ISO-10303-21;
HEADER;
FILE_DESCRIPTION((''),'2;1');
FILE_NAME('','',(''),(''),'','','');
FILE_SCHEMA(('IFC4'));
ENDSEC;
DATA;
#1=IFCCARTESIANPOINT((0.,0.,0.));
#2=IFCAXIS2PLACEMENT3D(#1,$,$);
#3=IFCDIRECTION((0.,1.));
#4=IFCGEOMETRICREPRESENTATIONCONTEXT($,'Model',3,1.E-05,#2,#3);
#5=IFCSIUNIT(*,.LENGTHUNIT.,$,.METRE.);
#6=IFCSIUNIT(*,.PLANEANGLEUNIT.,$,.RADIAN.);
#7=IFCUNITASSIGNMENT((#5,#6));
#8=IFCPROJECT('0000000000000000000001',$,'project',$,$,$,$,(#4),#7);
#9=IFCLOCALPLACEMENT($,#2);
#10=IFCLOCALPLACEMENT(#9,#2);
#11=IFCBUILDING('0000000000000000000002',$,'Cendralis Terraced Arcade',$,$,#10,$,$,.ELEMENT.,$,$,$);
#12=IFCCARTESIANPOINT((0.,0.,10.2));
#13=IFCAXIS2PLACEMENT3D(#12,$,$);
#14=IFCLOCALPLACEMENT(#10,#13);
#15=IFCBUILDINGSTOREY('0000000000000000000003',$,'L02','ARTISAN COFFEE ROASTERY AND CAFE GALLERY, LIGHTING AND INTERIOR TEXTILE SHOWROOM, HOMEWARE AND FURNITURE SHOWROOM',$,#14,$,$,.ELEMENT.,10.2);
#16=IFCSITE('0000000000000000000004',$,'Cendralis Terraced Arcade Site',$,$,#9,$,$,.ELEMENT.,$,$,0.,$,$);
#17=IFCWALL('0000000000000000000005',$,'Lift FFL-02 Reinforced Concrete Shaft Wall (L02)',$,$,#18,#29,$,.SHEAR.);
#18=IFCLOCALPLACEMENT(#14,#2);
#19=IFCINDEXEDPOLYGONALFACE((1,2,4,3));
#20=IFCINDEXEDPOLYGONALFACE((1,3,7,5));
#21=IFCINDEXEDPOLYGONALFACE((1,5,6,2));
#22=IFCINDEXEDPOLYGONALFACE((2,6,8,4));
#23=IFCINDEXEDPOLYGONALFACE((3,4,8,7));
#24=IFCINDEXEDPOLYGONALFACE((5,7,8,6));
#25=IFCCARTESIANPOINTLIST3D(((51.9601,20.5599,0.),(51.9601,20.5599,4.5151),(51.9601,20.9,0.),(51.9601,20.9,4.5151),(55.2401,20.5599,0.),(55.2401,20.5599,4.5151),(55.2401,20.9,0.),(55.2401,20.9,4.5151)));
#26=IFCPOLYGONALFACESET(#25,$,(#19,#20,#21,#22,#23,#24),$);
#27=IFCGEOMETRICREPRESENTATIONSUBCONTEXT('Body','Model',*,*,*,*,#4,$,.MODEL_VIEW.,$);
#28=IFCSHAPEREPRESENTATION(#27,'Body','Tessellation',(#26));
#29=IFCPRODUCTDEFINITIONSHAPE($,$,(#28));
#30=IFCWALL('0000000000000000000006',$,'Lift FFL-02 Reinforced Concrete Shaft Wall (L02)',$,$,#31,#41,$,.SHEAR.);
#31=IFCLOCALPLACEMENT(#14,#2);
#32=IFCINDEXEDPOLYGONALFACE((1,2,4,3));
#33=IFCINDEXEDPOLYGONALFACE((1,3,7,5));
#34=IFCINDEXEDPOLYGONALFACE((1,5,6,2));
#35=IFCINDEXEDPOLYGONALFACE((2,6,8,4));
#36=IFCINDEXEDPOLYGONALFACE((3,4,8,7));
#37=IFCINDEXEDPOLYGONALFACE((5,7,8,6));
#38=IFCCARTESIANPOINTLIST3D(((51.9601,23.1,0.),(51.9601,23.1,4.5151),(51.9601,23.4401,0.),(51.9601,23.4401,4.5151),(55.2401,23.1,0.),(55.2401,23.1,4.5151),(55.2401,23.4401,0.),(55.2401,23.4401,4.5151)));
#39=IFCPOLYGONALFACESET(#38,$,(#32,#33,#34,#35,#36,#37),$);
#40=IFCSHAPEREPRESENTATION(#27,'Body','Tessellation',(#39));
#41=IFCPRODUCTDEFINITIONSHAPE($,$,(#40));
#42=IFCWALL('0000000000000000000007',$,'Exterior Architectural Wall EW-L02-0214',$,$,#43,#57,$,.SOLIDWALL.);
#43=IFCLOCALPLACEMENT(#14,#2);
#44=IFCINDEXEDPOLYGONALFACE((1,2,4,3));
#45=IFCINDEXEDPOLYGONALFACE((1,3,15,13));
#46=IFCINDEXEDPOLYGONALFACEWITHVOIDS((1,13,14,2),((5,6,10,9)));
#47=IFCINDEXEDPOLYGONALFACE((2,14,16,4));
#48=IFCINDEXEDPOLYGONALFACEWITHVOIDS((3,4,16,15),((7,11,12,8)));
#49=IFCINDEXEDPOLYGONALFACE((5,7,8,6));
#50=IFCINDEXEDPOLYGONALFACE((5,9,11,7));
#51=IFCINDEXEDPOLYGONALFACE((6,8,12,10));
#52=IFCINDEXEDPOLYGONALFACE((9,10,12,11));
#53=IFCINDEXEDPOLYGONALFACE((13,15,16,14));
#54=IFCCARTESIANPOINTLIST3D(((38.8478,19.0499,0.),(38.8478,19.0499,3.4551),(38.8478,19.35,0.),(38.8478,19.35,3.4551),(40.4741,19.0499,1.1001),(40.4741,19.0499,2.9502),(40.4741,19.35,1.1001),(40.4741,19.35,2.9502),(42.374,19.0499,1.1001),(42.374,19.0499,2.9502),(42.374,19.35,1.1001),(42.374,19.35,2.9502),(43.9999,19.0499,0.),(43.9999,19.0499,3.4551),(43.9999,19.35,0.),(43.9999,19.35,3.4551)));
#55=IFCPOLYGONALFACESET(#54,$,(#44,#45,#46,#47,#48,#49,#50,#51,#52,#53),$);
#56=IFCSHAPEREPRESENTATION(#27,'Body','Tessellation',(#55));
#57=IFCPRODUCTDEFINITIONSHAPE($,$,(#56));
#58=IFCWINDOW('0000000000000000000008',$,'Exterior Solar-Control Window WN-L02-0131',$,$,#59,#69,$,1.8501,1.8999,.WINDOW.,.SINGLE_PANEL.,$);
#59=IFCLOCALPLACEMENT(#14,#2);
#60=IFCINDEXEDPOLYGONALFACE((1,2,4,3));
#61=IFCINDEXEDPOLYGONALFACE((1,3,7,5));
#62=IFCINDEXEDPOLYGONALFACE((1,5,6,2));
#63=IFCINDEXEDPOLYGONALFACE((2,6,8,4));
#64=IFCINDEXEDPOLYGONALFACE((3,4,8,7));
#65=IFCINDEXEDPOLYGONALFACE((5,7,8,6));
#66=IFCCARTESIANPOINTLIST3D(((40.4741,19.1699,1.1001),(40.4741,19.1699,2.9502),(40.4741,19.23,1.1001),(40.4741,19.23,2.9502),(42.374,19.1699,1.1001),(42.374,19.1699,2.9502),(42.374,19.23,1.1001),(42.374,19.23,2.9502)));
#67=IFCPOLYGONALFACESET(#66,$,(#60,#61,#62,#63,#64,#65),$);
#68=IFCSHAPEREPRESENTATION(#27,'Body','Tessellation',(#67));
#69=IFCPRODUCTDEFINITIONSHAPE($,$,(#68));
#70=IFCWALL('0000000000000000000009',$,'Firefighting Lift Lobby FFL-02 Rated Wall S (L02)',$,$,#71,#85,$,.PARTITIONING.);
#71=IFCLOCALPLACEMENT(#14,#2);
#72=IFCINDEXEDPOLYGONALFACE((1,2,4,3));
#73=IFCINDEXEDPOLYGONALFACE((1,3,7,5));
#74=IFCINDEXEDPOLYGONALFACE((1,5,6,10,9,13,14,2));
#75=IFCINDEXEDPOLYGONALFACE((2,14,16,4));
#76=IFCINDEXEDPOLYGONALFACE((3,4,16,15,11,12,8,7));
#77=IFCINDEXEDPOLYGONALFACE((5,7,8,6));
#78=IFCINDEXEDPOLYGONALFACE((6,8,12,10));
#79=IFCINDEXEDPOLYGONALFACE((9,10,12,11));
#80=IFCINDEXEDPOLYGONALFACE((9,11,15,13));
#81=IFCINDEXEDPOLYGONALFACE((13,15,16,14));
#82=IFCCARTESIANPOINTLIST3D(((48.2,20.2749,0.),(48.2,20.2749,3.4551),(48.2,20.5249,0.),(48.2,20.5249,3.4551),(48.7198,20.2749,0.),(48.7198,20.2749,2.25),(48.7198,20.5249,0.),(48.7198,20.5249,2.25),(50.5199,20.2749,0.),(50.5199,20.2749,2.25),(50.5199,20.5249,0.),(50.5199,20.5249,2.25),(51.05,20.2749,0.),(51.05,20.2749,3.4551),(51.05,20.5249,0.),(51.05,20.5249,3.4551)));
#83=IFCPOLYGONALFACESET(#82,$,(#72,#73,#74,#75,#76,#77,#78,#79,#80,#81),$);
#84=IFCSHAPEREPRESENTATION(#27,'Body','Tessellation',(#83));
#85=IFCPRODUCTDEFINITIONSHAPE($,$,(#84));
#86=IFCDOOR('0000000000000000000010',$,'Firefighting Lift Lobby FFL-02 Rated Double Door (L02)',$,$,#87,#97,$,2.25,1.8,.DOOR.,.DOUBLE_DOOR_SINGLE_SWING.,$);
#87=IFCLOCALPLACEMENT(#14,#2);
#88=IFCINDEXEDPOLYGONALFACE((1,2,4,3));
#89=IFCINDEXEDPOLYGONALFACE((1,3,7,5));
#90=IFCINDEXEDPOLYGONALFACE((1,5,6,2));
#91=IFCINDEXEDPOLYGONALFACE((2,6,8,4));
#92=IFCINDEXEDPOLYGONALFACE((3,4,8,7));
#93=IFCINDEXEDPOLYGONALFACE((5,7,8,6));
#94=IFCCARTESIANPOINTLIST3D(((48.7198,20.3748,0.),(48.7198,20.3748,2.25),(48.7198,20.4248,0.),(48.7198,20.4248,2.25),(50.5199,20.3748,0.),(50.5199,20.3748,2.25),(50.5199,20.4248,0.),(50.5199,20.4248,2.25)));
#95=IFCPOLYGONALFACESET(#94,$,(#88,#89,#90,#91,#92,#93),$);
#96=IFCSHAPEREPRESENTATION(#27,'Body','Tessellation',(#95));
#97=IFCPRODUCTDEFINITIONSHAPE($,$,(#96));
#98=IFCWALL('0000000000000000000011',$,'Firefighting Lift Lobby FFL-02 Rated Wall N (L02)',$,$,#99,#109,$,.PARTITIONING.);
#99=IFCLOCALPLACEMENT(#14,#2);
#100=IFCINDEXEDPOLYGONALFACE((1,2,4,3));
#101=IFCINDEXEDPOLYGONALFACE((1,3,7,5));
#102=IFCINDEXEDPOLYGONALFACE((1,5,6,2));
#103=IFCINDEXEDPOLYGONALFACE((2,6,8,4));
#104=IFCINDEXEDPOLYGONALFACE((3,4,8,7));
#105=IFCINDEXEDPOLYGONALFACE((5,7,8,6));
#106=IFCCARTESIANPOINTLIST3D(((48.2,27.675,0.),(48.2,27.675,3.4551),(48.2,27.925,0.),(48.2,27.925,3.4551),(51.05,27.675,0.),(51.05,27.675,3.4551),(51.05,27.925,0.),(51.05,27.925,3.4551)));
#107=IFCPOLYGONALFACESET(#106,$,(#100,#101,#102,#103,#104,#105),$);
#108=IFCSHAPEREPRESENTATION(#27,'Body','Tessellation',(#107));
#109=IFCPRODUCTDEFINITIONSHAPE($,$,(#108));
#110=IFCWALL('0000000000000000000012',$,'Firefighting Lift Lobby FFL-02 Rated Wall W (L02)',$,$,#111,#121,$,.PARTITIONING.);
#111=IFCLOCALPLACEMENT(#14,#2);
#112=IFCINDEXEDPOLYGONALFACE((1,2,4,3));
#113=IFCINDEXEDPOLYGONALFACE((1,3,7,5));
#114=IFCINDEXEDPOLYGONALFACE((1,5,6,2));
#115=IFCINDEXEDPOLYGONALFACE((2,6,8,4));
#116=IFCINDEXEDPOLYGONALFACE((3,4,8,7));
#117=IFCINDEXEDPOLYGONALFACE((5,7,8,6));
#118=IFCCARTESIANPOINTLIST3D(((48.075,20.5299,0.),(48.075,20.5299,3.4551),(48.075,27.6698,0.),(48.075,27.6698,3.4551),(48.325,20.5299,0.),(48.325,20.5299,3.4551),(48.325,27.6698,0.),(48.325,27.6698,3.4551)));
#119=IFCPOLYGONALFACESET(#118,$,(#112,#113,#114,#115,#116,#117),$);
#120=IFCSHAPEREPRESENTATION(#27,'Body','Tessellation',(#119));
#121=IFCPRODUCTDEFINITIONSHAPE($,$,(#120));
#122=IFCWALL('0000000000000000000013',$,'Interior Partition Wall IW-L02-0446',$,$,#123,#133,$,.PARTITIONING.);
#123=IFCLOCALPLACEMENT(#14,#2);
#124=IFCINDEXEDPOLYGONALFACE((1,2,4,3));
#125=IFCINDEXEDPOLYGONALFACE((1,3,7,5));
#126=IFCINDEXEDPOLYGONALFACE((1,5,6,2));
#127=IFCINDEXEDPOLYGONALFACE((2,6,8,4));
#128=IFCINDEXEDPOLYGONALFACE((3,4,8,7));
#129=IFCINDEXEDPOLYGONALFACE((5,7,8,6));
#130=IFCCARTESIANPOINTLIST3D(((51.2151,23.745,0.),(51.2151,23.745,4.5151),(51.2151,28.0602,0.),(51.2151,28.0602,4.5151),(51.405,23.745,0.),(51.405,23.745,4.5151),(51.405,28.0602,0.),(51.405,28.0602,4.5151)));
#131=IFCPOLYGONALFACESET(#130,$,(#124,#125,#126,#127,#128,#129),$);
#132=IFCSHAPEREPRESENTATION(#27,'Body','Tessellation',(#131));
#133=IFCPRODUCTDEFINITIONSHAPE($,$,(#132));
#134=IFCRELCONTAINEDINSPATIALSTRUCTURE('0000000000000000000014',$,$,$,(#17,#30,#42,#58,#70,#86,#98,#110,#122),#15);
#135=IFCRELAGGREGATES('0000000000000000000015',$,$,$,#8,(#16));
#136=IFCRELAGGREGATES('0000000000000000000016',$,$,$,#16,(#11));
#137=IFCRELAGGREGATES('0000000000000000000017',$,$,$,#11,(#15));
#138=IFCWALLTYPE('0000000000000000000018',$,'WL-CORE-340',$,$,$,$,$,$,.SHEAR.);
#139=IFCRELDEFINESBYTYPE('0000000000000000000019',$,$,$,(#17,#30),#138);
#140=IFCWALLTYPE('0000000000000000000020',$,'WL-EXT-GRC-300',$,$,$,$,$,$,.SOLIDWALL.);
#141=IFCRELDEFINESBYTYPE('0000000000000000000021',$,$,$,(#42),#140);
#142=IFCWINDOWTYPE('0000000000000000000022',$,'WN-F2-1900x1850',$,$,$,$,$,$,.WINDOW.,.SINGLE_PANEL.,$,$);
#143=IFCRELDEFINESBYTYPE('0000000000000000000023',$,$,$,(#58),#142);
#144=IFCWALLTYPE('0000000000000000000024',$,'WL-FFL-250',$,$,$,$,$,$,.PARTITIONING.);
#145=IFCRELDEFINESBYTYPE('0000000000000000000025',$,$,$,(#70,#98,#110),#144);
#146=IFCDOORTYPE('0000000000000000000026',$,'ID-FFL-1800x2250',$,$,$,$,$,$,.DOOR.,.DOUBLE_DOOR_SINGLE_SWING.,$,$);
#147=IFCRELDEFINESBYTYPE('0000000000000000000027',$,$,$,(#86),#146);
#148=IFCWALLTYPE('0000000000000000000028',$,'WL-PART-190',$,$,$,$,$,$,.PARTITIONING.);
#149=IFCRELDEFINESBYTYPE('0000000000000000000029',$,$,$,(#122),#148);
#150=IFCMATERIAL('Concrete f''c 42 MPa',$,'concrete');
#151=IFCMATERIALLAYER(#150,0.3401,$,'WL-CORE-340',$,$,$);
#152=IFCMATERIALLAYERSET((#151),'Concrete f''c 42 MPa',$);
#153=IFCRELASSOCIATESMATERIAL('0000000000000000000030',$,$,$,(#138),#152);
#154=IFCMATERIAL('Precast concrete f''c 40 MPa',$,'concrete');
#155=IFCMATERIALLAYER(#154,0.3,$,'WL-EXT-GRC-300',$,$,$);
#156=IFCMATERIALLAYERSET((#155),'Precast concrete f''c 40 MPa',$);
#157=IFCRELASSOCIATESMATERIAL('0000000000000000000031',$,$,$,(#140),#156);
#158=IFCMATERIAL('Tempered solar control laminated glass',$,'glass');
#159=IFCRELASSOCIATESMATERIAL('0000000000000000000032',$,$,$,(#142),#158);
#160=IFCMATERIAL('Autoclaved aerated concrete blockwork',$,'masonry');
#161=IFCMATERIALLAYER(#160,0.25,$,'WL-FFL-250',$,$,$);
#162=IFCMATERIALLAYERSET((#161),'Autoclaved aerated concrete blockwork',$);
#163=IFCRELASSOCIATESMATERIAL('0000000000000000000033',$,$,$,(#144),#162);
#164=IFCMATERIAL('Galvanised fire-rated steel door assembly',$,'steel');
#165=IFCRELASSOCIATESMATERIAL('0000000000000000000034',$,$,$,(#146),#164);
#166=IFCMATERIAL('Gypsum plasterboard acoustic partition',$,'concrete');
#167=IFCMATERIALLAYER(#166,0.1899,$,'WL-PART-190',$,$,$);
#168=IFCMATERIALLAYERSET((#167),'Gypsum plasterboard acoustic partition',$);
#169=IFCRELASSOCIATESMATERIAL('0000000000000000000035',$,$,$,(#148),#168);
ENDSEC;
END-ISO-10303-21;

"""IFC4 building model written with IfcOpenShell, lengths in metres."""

from ifc_helpers import new_model, si_unit, direction, frame, frame_2d, origin, place, context, subcontext, project, spatial, rectangle, extrude, material, layer, layer_set, type_object, element, fill, save


model = new_model("IFC4")

# Units and contexts
model_context = context("Model", 3, precision=1e-05, world=origin(), true_north=direction((0.0, 1.0)))
body_context = subcontext(model_context, "Body", "Model", "MODEL_VIEW")
ifc_project = project(units=[si_unit("LENGTHUNIT", "METRE"), si_unit("PLANEANGLEUNIT", "RADIAN")], contexts=[model_context])

# Site, building, storey
site_placement = place(None, origin())
site = spatial("IfcSite", under=ifc_project, at=site_placement, Name="Cendralis Terraced Arcade Site", CompositionType="ELEMENT", RefElevation=0.0)
building_placement = place(site_placement, origin())
building = spatial("IfcBuilding", under=site, at=building_placement, Name="Cendralis Terraced Arcade", CompositionType="ELEMENT")
storey_placement = place(building_placement, frame((0.0, 0.0, 10.2)))
storey = spatial("IfcBuildingStorey", under=building, at=storey_placement, Name="L02", Description="ARTISAN COFFEE ROASTERY AND CAFE GALLERY, LIGHTING AND INTERIOR TEXTILE SHOWROOM, HOMEWARE AND FURNITURE SHOWROOM", CompositionType="ELEMENT", Elevation=10.2)

# Shared definitions
ifc_material_1 = material(Name="Concrete f'c 42 MPa", Category="concrete")

# Shared definitions
ifc_material_2 = material(Name="Tempered solar control laminated glass", Category="glass")

# Shared definitions
ifc_layer_1 = layer(ifc_material_1, 0.3401, Name="WL-CORE-340")
ifc_layer_set_1 = layer_set([ifc_layer_1], Name="Concrete f'c 42 MPa")
wall_type_1 = type_object("IfcWallType", Name="WL-CORE-340", PredefinedType="SHEAR", material=ifc_layer_set_1)
ifc_material_3 = material(Name="Galvanised fire-rated steel door assembly", Category="steel")

# Walls
for number, where, z_axis, x_axis, name in (
    (1, (51.96, 20.73, 0.0), (0.0, 0.0, 1.0), (1.0, 0.0, 0.0), "Lift FFL-02 Reinforced Concrete Shaft Wall (L02)"),
    (2, (51.96, 23.27, 0.0), (0.0, 0.0, 1.0), (1.0, 0.0, 0.0), "Lift FFL-02 Reinforced Concrete Shaft Wall (L02)"),
):
    element("IfcWall", number, at=place(storey_placement, frame(where, z_axis=z_axis, x_axis=x_axis)), inside=storey, type_object=wall_type_1, Name=name, PredefinedType="SHEAR", context=body_context, shape_type="SweptSolid", body=[
        extrude(rectangle(XDim=3.28, YDim=0.3401, at=frame_2d((1.6401, 0.0))), origin(), (0.0, 0.0, 1.0), 4.5151),
    ])

# Wall, opening, window
ifc_material_4 = material(Name="Precast concrete f'c 40 MPa", Category="concrete")
ifc_layer_2 = layer(ifc_material_4, 0.3, Name="WL-EXT-GRC-300")
ifc_layer_set_2 = layer_set([ifc_layer_2], Name="Precast concrete f'c 40 MPa")
wall_type_2 = type_object("IfcWallType", Name="WL-EXT-GRC-300", PredefinedType="SOLIDWALL", material=ifc_layer_set_2)
wall_1_placement = place(storey_placement, frame((44.0, 19.2, 0.0), z_axis=(0.0, 0.0, 1.0), x_axis=(-1.0, 0.0, 0.0)))
wall_1 = element("IfcWall", 3, at=wall_1_placement, inside=storey, type_object=wall_type_2, Name="Exterior Architectural Wall EW-L02-0214", PredefinedType="SOLIDWALL", context=body_context, shape_type="SweptSolid", body=[
    extrude(rectangle(XDim=5.1521, YDim=0.3, at=frame_2d((2.5762, 0.0))), origin(), (0.0, 0.0, 1.0), 3.4551),
])
opening_1_placement = place(wall_1_placement, frame((1.626, 0.0, 1.1001)))
opening_1 = element("IfcOpeningElement", 4, at=opening_1_placement, cuts=wall_1, PredefinedType="OPENING", context=body_context, shape_type="SweptSolid", body=[
    extrude(rectangle(XDim=1.8999, YDim=1.8501, at=frame_2d((0.95, 0.925))), frame((0.0, 0.1621, 0.0), z_axis=(0.0, -1.0, 0.0), x_axis=(1.0, 0.0, 0.0)), (0.0, 0.0, 1.0), 0.324),
])
window_type = type_object("IfcWindowType", Name="WN-F2-1900x1850", PartitioningType="SINGLE_PANEL", PredefinedType="WINDOW", material=ifc_material_2)
window_placement = place(opening_1_placement, origin())
window = element("IfcWindow", 5, at=window_placement, inside=storey, type_object=window_type, Name="Exterior Solar-Control Window WN-L02-0131", OverallHeight=1.8501, OverallWidth=1.8999, PartitioningType="SINGLE_PANEL", PredefinedType="WINDOW", context=body_context, shape_type="SweptSolid", body=[
    extrude(rectangle(XDim=1.8999, YDim=1.8501, at=frame_2d((0.95, 0.925))), frame((0.0, 0.03, 0.0), z_axis=(0.0, -1.0, 0.0), x_axis=(1.0, 0.0, 0.0)), (0.0, 0.0, 1.0), 0.0601),
])
fill(opening_1, window)

# Wall, opening, door
ifc_material_5 = material(Name="Autoclaved aerated concrete blockwork", Category="masonry")
ifc_layer_3 = layer(ifc_material_5, 0.25, Name="WL-FFL-250")
ifc_layer_set_3 = layer_set([ifc_layer_3], Name="Autoclaved aerated concrete blockwork")
wall_type_3 = type_object("IfcWallType", Name="WL-FFL-250", PredefinedType="PARTITIONING", material=ifc_layer_set_3)
wall_2_placement = place(storey_placement, frame((48.2, 20.3999, 0.0), z_axis=(0.0, 0.0, 1.0), x_axis=(1.0, 0.0, 0.0)))
wall_2 = element("IfcWall", 6, at=wall_2_placement, inside=storey, type_object=wall_type_3, Name="Firefighting Lift Lobby FFL-02 Rated Wall S (L02)", PredefinedType="PARTITIONING", context=body_context, shape_type="SweptSolid", body=[
    extrude(rectangle(XDim=2.8501, YDim=0.25, at=frame_2d((1.425, 0.0))), origin(), (0.0, 0.0, 1.0), 3.4551),
])
opening_2_placement = place(wall_2_placement, frame((0.52, 0.0, 0.0)))
opening_2 = element("IfcOpeningElement", 7, at=opening_2_placement, cuts=wall_2, PredefinedType="OPENING", context=body_context, shape_type="SweptSolid", body=[
    extrude(rectangle(XDim=1.8, YDim=2.25, at=frame_2d((0.8999, 1.125))), frame((0.0, 0.137, 0.0), z_axis=(0.0, -1.0, 0.0), x_axis=(1.0, 0.0, 0.0)), (0.0, 0.0, 1.0), 0.2739),
])
door_type_1 = type_object("IfcDoorType", Name="ID-FFL-1800x2250", OperationType="DOUBLE_DOOR_SINGLE_SWING", PredefinedType="DOOR", material=ifc_material_3)
door_1_placement = place(opening_2_placement, origin())
door_1 = element("IfcDoor", 8, at=door_1_placement, inside=storey, type_object=door_type_1, Name="Firefighting Lift Lobby FFL-02 Rated Double Door (L02)", OperationType="DOUBLE_DOOR_SINGLE_SWING", OverallHeight=2.25, OverallWidth=1.8, PredefinedType="DOOR", context=body_context, shape_type="SweptSolid", body=[
    extrude(rectangle(XDim=1.8, YDim=2.25, at=frame_2d((0.8999, 1.125))), frame((0.0, 0.0249, 0.0), z_axis=(0.0, -1.0, 0.0), x_axis=(1.0, 0.0, 0.0)), (0.0, 0.0, 1.0), 0.05),
])
fill(opening_2, door_1)

# Walls
wall_3_placement = place(storey_placement, frame((48.2, 27.8, 0.0), z_axis=(0.0, 0.0, 1.0), x_axis=(1.0, 0.0, 0.0)))
element("IfcWall", 9, at=wall_3_placement, inside=storey, type_object=wall_type_3, Name="Firefighting Lift Lobby FFL-02 Rated Wall N (L02)", PredefinedType="PARTITIONING", context=body_context, shape_type="SweptSolid", body=[
    extrude(rectangle(XDim=2.8501, YDim=0.25, at=frame_2d((1.425, 0.0))), origin(), (0.0, 0.0, 1.0), 3.4551),
])
wall_4_placement = place(storey_placement, frame((48.2, 20.53, 0.0), z_axis=(0.0, 0.0, 1.0), x_axis=(0.0, 1.0, 0.0)))
element("IfcWall", 10, at=wall_4_placement, inside=storey, type_object=wall_type_3, Name="Firefighting Lift Lobby FFL-02 Rated Wall W (L02)", PredefinedType="PARTITIONING", context=body_context, shape_type="SweptSolid", body=[
    extrude(rectangle(XDim=7.1399, YDim=0.25, at=frame_2d((3.5698, 0.0))), origin(), (0.0, 0.0, 1.0), 3.4551),
])
ifc_material_6 = material(Name="Gypsum plasterboard acoustic partition", Category="concrete")
ifc_layer_4 = layer(ifc_material_6, 0.1899, Name="WL-PART-190")
ifc_layer_set_4 = layer_set([ifc_layer_4], Name="Gypsum plasterboard acoustic partition")
wall_type_4 = type_object("IfcWallType", Name="WL-PART-190", PredefinedType="PARTITIONING", material=ifc_layer_set_4)
wall_5_placement = place(storey_placement, frame((51.3101, 23.7449, 0.0), z_axis=(0.0, 0.0, 1.0), x_axis=(0.0, 1.0, 0.0)))
element("IfcWall", 11, at=wall_5_placement, inside=storey, type_object=wall_type_4, Name="Interior Partition Wall IW-L02-0446", PredefinedType="PARTITIONING", context=body_context, shape_type="SweptSolid", body=[
    extrude(rectangle(XDim=4.3152, YDim=0.1899, at=frame_2d((2.1577, 0.0))), origin(), (0.0, 0.0, 1.0), 4.5151),
])

save(model, "model.ifc")
